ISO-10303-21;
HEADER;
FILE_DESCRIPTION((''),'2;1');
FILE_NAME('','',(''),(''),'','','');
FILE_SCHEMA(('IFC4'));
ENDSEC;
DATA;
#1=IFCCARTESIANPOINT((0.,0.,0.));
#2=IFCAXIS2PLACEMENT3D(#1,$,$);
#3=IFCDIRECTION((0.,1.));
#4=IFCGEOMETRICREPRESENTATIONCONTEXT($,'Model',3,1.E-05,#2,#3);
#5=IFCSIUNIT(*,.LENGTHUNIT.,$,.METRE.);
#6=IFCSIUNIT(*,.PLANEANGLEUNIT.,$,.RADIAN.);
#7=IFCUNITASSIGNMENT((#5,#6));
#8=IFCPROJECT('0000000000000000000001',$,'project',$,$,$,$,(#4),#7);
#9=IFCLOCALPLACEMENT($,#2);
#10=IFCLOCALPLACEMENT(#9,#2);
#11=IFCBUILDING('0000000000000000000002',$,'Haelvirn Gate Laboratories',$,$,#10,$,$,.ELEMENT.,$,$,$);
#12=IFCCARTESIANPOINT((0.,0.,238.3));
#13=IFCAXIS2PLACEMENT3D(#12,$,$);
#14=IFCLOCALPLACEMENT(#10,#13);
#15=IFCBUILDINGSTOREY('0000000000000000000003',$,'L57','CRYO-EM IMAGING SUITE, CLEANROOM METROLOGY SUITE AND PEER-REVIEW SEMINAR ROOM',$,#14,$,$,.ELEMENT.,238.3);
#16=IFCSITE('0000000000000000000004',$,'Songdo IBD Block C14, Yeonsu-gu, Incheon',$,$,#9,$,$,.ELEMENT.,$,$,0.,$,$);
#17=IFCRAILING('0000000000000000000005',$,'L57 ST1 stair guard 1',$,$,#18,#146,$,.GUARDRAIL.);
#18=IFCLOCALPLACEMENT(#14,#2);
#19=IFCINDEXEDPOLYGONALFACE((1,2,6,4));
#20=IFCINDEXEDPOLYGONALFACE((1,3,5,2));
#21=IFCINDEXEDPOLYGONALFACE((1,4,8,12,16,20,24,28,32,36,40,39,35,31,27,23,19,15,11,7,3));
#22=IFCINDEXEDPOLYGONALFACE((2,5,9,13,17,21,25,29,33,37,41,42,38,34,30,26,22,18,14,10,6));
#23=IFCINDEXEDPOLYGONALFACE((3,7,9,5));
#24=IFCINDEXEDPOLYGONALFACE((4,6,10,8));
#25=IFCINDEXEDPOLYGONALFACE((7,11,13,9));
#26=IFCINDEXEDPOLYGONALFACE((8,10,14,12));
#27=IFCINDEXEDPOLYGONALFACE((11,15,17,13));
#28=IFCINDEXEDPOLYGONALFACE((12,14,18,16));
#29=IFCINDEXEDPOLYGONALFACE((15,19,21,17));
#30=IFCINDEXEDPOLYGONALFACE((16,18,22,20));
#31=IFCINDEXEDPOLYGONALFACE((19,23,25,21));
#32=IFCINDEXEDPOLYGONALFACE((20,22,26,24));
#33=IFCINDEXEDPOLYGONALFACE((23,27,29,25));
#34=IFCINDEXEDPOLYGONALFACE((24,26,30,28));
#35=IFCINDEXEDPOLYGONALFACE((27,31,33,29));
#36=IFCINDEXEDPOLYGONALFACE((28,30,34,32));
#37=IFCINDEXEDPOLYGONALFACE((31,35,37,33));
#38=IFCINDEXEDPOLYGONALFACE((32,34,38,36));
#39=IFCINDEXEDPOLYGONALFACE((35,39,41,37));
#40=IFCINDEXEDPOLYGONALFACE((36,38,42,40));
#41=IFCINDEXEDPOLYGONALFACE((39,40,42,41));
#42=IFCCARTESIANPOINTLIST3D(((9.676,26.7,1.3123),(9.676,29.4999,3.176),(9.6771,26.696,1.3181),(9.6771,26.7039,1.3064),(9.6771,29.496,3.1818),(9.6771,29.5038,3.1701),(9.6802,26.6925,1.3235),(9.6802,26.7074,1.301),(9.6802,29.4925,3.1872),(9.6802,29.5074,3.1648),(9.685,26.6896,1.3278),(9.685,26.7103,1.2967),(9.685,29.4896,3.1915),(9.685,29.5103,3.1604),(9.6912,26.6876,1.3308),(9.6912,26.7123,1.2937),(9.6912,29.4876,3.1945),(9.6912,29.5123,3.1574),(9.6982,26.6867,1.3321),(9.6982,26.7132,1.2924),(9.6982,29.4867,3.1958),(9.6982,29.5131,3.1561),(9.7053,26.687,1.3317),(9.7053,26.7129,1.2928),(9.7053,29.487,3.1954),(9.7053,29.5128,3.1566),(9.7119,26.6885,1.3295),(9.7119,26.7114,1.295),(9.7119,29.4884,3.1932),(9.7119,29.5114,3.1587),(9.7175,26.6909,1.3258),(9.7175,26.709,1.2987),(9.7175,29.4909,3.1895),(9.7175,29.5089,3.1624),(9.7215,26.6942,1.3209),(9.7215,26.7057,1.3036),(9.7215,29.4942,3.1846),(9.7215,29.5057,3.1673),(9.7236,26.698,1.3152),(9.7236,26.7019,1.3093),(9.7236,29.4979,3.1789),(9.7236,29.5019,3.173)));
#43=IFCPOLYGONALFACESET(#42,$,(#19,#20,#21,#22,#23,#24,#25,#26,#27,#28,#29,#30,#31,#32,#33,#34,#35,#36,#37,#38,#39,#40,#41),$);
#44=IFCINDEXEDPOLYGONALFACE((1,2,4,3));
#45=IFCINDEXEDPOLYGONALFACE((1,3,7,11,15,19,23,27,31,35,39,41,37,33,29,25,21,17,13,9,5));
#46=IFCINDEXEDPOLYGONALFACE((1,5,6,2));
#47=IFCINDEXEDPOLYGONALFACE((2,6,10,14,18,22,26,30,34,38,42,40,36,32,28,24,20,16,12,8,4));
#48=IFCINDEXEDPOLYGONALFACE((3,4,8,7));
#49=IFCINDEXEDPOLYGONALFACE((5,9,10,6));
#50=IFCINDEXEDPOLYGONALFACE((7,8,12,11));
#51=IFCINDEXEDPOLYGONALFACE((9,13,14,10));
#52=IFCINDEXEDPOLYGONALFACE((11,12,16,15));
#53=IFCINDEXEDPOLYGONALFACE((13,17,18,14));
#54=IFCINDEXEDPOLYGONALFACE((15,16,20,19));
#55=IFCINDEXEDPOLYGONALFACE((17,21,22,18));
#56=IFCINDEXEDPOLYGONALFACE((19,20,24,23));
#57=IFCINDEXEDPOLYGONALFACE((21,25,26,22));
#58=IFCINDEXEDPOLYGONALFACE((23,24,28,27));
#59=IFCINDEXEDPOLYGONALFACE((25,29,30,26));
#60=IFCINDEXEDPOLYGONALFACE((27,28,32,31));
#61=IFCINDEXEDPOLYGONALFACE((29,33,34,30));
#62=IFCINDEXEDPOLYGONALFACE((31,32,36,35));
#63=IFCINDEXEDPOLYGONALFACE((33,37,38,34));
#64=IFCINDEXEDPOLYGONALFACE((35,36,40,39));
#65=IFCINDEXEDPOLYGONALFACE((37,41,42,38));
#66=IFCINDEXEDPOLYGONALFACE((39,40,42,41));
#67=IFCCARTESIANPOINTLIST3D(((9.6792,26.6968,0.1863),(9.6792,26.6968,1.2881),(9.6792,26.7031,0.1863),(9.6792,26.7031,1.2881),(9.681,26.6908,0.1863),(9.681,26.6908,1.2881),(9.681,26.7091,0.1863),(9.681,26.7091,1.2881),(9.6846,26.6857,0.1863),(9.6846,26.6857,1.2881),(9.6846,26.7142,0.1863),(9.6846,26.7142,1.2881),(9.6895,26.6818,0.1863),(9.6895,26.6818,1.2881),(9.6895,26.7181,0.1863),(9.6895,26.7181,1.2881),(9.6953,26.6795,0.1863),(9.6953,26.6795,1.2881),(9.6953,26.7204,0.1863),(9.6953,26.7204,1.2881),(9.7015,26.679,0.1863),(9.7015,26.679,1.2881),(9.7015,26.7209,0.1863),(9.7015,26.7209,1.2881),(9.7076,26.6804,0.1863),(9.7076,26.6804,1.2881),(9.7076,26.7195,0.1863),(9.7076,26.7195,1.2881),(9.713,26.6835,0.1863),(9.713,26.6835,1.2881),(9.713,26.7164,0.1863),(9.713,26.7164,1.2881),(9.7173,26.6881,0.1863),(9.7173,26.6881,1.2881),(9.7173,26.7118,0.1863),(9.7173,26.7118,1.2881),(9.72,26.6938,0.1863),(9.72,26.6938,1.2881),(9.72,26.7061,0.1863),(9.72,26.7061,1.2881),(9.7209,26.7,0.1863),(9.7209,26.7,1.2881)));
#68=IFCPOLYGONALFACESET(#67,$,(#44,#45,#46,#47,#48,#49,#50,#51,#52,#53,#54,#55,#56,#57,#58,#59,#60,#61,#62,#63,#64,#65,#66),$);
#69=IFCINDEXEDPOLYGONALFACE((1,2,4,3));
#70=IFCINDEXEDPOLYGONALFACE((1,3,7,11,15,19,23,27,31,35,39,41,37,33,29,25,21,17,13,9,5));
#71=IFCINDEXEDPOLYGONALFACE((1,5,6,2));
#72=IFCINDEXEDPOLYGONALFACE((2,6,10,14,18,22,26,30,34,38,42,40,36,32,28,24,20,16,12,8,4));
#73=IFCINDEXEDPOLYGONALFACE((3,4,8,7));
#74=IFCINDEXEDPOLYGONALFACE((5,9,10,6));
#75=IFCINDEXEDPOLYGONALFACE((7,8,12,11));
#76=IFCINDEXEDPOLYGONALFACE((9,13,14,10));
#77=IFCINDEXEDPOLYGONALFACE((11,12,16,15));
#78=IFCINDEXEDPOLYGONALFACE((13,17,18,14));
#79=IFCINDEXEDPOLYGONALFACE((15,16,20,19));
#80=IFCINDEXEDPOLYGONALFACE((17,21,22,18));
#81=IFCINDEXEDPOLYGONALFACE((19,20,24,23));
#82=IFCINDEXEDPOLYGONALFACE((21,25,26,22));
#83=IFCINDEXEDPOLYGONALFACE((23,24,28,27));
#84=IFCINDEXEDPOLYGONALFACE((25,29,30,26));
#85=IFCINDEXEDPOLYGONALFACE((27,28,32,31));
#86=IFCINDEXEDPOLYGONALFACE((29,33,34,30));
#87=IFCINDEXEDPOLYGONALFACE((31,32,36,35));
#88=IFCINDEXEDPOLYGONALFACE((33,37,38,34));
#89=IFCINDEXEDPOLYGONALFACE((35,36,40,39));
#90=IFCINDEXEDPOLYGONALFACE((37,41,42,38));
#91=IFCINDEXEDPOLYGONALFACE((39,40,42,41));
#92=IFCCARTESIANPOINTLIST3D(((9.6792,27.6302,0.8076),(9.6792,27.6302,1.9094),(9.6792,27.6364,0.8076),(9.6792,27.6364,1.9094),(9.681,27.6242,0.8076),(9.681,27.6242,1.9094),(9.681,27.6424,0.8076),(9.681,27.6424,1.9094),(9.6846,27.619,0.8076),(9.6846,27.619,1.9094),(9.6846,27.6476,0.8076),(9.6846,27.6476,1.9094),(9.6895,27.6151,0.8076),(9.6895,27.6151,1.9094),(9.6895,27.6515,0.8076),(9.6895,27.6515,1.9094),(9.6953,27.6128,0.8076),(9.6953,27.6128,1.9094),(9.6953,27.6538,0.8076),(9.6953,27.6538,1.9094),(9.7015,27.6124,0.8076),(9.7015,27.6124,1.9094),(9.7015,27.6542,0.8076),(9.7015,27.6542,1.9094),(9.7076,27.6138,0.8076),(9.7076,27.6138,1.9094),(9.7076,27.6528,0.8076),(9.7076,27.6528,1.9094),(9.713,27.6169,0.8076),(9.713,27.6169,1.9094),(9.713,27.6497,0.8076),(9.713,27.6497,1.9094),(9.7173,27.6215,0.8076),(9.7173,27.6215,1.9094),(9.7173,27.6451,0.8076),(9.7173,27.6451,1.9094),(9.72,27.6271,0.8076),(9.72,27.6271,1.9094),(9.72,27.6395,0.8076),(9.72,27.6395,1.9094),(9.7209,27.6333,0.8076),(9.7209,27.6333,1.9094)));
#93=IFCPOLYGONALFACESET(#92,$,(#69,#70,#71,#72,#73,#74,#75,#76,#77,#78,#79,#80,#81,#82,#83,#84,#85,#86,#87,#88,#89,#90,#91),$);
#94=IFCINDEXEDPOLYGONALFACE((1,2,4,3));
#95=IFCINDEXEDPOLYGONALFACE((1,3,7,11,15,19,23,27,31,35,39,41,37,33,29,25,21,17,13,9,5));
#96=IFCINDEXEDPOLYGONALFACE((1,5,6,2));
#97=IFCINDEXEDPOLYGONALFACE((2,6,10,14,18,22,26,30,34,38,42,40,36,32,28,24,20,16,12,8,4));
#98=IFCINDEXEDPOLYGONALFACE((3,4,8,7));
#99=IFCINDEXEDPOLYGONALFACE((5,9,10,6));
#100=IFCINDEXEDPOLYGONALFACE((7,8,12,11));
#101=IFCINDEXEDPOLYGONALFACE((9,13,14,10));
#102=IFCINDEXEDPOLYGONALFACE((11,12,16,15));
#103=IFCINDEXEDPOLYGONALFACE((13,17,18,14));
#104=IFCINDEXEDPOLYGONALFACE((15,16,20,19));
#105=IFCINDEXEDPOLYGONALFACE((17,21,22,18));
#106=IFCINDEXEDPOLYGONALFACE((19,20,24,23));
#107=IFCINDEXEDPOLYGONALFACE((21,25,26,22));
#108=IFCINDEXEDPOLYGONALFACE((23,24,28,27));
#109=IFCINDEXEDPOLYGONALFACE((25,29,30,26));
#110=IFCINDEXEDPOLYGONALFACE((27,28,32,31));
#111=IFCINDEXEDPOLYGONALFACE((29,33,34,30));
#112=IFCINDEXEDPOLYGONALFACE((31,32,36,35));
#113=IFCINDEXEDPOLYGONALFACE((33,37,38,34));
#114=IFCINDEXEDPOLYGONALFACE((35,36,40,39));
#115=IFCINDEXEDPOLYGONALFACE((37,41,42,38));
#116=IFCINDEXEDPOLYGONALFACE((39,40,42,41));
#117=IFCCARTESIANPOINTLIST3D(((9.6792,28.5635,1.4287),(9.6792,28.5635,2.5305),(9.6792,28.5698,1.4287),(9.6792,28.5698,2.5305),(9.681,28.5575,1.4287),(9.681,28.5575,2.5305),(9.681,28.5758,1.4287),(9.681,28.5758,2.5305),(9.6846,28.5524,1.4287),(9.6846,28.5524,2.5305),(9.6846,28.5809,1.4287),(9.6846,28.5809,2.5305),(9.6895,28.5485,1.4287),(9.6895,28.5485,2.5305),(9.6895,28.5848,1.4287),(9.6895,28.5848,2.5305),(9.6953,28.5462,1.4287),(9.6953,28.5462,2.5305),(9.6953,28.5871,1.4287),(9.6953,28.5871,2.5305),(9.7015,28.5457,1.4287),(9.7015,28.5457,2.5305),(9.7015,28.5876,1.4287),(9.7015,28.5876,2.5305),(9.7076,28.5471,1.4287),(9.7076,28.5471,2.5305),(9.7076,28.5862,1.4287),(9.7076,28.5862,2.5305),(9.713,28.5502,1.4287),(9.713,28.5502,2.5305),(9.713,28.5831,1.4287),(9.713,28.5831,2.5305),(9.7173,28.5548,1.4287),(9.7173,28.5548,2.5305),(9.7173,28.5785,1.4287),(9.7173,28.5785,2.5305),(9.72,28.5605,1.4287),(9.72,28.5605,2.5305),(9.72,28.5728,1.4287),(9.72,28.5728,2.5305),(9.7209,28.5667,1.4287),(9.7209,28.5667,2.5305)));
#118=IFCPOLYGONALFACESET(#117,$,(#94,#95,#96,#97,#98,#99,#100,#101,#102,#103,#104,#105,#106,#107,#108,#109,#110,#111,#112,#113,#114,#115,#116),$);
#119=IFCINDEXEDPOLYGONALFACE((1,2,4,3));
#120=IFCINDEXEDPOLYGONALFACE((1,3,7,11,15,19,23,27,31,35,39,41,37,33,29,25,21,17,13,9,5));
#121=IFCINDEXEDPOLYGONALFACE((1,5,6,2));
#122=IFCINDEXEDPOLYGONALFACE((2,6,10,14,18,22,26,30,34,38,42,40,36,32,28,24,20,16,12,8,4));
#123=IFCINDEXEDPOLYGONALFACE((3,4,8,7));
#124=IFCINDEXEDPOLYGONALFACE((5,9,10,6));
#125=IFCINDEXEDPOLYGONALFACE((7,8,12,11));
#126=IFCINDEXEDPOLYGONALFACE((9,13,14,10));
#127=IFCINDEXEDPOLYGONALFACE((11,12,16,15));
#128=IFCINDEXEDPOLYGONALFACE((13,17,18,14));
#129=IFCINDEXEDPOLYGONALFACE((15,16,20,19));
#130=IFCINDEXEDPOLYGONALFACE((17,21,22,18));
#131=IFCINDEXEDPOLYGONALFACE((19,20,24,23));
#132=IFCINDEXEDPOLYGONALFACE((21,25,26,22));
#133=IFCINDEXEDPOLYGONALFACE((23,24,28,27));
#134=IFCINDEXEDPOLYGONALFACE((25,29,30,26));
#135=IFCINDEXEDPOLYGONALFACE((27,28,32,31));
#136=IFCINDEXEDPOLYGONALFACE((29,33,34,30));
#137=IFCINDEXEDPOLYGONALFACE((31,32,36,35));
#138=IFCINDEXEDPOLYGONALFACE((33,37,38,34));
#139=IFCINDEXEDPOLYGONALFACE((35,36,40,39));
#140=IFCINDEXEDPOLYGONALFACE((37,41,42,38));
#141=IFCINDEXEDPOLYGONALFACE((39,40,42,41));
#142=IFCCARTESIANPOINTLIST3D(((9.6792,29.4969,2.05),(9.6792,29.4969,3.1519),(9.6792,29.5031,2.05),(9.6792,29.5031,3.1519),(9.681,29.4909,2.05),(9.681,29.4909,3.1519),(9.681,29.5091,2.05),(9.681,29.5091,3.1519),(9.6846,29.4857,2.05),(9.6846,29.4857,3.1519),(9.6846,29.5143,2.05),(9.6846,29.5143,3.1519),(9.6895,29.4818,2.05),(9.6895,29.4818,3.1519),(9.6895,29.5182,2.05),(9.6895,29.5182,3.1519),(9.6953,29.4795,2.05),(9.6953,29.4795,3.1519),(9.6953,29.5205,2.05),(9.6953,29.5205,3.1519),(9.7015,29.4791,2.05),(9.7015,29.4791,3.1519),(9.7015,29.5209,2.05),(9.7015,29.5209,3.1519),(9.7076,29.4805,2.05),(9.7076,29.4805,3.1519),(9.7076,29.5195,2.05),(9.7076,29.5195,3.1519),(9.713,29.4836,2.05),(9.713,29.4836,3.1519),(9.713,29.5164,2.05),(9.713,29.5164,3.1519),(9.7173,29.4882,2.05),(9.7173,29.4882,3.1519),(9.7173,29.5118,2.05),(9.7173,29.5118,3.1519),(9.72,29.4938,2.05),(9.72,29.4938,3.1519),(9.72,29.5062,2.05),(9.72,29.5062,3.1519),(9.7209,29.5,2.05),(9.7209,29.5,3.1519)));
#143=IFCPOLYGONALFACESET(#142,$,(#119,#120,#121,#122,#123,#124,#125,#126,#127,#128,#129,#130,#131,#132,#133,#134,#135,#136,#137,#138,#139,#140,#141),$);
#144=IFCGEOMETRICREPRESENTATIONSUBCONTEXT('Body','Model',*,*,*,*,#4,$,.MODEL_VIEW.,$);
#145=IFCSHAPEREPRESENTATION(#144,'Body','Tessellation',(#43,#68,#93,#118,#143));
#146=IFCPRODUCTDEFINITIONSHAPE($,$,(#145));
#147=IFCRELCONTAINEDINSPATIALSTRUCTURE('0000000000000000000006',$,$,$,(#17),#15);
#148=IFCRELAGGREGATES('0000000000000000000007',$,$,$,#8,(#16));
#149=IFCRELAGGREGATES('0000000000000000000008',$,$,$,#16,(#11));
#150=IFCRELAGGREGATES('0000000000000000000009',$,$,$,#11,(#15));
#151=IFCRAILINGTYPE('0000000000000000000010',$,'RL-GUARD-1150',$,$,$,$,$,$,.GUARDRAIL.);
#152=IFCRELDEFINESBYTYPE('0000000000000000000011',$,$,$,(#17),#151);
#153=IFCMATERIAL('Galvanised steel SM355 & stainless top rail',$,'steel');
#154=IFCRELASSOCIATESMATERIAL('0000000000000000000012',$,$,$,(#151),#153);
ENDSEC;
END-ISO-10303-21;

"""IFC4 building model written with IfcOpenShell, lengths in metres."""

from ifc_helpers import new_model, si_unit, direction, frame, origin, origin_2d, place, context, subcontext, project, spatial, circle, extrude, source, transform, mapped, material, type_object, element, save


model = new_model("IFC4")

# Units and contexts
model_context = context("Model", 3, precision=1e-05, world=origin(), true_north=direction((0.0, 1.0)))
body_context = subcontext(model_context, "Body", "Model", "MODEL_VIEW")
ifc_project = project(units=[si_unit("LENGTHUNIT", "METRE"), si_unit("PLANEANGLEUNIT", "RADIAN")], contexts=[model_context])

# Site, building, storey
site_placement = place(None, origin())
site = spatial("IfcSite", under=ifc_project, at=site_placement, Name="Songdo IBD Block C14, Yeonsu-gu, Incheon", CompositionType="ELEMENT", RefElevation=0.0)
building_placement = place(site_placement, origin())
building = spatial("IfcBuilding", under=site, at=building_placement, Name="Haelvirn Gate Laboratories", CompositionType="ELEMENT")
storey_placement = place(building_placement, frame((0.0, 0.0, 238.3)))
storey = spatial("IfcBuildingStorey", under=building, at=storey_placement, Name="L57", Description="CRYO-EM IMAGING SUITE, CLEANROOM METROLOGY SUITE AND PEER-REVIEW SEMINAR ROOM", CompositionType="ELEMENT", Elevation=238.3)

# Railing
ifc_material_1 = material(Name="Galvanised steel SM355 & stainless top rail", Category="steel")
railing_type_1 = type_object("IfcRailingType", Name="RL-GUARD-1150", PredefinedType="GUARDRAIL", material=ifc_material_1)
shared_shape_1 = source(origin(), body_context, "Body", "SweptSolid", [
    extrude(circle(Radius=0.0239, at=origin_2d()), frame((0.0, 0.0, 1.126), z_axis=(0.0, 0.832452, 0.554097), x_axis=(-1.0, 0.0, 0.0)), (0.0, 0.0, 1.0), 3.3635),
    extrude(circle(Radius=0.021, at=origin_2d()), origin(), (0.0, 0.0, 1.0), 1.1018),
    extrude(circle(Radius=0.021, at=origin_2d()), frame((0.0, 0.9333, 0.6213)), (0.0, 0.0, 1.0), 1.1018),
    extrude(circle(Radius=0.021, at=origin_2d()), frame((0.0, 1.8667, 1.2424)), (0.0, 0.0, 1.0), 1.1018),
    extrude(circle(Radius=0.021, at=origin_2d()), frame((0.0, 2.8, 1.8638)), (0.0, 0.0, 1.0), 1.1018),
])
railing_1_placement = place(storey_placement, frame((9.7, 26.7, 0.1863)))
element("IfcRailing", 1, at=railing_1_placement, inside=storey, type_object=railing_type_1, Name="L57 ST1 stair guard 1", PredefinedType="GUARDRAIL", context=body_context, shape_type="MappedRepresentation", body=[
    mapped(shared_shape_1, transform((0.0, 0.0, 0.0), scale=1.0)),
])

save(model, "model.ifc")
